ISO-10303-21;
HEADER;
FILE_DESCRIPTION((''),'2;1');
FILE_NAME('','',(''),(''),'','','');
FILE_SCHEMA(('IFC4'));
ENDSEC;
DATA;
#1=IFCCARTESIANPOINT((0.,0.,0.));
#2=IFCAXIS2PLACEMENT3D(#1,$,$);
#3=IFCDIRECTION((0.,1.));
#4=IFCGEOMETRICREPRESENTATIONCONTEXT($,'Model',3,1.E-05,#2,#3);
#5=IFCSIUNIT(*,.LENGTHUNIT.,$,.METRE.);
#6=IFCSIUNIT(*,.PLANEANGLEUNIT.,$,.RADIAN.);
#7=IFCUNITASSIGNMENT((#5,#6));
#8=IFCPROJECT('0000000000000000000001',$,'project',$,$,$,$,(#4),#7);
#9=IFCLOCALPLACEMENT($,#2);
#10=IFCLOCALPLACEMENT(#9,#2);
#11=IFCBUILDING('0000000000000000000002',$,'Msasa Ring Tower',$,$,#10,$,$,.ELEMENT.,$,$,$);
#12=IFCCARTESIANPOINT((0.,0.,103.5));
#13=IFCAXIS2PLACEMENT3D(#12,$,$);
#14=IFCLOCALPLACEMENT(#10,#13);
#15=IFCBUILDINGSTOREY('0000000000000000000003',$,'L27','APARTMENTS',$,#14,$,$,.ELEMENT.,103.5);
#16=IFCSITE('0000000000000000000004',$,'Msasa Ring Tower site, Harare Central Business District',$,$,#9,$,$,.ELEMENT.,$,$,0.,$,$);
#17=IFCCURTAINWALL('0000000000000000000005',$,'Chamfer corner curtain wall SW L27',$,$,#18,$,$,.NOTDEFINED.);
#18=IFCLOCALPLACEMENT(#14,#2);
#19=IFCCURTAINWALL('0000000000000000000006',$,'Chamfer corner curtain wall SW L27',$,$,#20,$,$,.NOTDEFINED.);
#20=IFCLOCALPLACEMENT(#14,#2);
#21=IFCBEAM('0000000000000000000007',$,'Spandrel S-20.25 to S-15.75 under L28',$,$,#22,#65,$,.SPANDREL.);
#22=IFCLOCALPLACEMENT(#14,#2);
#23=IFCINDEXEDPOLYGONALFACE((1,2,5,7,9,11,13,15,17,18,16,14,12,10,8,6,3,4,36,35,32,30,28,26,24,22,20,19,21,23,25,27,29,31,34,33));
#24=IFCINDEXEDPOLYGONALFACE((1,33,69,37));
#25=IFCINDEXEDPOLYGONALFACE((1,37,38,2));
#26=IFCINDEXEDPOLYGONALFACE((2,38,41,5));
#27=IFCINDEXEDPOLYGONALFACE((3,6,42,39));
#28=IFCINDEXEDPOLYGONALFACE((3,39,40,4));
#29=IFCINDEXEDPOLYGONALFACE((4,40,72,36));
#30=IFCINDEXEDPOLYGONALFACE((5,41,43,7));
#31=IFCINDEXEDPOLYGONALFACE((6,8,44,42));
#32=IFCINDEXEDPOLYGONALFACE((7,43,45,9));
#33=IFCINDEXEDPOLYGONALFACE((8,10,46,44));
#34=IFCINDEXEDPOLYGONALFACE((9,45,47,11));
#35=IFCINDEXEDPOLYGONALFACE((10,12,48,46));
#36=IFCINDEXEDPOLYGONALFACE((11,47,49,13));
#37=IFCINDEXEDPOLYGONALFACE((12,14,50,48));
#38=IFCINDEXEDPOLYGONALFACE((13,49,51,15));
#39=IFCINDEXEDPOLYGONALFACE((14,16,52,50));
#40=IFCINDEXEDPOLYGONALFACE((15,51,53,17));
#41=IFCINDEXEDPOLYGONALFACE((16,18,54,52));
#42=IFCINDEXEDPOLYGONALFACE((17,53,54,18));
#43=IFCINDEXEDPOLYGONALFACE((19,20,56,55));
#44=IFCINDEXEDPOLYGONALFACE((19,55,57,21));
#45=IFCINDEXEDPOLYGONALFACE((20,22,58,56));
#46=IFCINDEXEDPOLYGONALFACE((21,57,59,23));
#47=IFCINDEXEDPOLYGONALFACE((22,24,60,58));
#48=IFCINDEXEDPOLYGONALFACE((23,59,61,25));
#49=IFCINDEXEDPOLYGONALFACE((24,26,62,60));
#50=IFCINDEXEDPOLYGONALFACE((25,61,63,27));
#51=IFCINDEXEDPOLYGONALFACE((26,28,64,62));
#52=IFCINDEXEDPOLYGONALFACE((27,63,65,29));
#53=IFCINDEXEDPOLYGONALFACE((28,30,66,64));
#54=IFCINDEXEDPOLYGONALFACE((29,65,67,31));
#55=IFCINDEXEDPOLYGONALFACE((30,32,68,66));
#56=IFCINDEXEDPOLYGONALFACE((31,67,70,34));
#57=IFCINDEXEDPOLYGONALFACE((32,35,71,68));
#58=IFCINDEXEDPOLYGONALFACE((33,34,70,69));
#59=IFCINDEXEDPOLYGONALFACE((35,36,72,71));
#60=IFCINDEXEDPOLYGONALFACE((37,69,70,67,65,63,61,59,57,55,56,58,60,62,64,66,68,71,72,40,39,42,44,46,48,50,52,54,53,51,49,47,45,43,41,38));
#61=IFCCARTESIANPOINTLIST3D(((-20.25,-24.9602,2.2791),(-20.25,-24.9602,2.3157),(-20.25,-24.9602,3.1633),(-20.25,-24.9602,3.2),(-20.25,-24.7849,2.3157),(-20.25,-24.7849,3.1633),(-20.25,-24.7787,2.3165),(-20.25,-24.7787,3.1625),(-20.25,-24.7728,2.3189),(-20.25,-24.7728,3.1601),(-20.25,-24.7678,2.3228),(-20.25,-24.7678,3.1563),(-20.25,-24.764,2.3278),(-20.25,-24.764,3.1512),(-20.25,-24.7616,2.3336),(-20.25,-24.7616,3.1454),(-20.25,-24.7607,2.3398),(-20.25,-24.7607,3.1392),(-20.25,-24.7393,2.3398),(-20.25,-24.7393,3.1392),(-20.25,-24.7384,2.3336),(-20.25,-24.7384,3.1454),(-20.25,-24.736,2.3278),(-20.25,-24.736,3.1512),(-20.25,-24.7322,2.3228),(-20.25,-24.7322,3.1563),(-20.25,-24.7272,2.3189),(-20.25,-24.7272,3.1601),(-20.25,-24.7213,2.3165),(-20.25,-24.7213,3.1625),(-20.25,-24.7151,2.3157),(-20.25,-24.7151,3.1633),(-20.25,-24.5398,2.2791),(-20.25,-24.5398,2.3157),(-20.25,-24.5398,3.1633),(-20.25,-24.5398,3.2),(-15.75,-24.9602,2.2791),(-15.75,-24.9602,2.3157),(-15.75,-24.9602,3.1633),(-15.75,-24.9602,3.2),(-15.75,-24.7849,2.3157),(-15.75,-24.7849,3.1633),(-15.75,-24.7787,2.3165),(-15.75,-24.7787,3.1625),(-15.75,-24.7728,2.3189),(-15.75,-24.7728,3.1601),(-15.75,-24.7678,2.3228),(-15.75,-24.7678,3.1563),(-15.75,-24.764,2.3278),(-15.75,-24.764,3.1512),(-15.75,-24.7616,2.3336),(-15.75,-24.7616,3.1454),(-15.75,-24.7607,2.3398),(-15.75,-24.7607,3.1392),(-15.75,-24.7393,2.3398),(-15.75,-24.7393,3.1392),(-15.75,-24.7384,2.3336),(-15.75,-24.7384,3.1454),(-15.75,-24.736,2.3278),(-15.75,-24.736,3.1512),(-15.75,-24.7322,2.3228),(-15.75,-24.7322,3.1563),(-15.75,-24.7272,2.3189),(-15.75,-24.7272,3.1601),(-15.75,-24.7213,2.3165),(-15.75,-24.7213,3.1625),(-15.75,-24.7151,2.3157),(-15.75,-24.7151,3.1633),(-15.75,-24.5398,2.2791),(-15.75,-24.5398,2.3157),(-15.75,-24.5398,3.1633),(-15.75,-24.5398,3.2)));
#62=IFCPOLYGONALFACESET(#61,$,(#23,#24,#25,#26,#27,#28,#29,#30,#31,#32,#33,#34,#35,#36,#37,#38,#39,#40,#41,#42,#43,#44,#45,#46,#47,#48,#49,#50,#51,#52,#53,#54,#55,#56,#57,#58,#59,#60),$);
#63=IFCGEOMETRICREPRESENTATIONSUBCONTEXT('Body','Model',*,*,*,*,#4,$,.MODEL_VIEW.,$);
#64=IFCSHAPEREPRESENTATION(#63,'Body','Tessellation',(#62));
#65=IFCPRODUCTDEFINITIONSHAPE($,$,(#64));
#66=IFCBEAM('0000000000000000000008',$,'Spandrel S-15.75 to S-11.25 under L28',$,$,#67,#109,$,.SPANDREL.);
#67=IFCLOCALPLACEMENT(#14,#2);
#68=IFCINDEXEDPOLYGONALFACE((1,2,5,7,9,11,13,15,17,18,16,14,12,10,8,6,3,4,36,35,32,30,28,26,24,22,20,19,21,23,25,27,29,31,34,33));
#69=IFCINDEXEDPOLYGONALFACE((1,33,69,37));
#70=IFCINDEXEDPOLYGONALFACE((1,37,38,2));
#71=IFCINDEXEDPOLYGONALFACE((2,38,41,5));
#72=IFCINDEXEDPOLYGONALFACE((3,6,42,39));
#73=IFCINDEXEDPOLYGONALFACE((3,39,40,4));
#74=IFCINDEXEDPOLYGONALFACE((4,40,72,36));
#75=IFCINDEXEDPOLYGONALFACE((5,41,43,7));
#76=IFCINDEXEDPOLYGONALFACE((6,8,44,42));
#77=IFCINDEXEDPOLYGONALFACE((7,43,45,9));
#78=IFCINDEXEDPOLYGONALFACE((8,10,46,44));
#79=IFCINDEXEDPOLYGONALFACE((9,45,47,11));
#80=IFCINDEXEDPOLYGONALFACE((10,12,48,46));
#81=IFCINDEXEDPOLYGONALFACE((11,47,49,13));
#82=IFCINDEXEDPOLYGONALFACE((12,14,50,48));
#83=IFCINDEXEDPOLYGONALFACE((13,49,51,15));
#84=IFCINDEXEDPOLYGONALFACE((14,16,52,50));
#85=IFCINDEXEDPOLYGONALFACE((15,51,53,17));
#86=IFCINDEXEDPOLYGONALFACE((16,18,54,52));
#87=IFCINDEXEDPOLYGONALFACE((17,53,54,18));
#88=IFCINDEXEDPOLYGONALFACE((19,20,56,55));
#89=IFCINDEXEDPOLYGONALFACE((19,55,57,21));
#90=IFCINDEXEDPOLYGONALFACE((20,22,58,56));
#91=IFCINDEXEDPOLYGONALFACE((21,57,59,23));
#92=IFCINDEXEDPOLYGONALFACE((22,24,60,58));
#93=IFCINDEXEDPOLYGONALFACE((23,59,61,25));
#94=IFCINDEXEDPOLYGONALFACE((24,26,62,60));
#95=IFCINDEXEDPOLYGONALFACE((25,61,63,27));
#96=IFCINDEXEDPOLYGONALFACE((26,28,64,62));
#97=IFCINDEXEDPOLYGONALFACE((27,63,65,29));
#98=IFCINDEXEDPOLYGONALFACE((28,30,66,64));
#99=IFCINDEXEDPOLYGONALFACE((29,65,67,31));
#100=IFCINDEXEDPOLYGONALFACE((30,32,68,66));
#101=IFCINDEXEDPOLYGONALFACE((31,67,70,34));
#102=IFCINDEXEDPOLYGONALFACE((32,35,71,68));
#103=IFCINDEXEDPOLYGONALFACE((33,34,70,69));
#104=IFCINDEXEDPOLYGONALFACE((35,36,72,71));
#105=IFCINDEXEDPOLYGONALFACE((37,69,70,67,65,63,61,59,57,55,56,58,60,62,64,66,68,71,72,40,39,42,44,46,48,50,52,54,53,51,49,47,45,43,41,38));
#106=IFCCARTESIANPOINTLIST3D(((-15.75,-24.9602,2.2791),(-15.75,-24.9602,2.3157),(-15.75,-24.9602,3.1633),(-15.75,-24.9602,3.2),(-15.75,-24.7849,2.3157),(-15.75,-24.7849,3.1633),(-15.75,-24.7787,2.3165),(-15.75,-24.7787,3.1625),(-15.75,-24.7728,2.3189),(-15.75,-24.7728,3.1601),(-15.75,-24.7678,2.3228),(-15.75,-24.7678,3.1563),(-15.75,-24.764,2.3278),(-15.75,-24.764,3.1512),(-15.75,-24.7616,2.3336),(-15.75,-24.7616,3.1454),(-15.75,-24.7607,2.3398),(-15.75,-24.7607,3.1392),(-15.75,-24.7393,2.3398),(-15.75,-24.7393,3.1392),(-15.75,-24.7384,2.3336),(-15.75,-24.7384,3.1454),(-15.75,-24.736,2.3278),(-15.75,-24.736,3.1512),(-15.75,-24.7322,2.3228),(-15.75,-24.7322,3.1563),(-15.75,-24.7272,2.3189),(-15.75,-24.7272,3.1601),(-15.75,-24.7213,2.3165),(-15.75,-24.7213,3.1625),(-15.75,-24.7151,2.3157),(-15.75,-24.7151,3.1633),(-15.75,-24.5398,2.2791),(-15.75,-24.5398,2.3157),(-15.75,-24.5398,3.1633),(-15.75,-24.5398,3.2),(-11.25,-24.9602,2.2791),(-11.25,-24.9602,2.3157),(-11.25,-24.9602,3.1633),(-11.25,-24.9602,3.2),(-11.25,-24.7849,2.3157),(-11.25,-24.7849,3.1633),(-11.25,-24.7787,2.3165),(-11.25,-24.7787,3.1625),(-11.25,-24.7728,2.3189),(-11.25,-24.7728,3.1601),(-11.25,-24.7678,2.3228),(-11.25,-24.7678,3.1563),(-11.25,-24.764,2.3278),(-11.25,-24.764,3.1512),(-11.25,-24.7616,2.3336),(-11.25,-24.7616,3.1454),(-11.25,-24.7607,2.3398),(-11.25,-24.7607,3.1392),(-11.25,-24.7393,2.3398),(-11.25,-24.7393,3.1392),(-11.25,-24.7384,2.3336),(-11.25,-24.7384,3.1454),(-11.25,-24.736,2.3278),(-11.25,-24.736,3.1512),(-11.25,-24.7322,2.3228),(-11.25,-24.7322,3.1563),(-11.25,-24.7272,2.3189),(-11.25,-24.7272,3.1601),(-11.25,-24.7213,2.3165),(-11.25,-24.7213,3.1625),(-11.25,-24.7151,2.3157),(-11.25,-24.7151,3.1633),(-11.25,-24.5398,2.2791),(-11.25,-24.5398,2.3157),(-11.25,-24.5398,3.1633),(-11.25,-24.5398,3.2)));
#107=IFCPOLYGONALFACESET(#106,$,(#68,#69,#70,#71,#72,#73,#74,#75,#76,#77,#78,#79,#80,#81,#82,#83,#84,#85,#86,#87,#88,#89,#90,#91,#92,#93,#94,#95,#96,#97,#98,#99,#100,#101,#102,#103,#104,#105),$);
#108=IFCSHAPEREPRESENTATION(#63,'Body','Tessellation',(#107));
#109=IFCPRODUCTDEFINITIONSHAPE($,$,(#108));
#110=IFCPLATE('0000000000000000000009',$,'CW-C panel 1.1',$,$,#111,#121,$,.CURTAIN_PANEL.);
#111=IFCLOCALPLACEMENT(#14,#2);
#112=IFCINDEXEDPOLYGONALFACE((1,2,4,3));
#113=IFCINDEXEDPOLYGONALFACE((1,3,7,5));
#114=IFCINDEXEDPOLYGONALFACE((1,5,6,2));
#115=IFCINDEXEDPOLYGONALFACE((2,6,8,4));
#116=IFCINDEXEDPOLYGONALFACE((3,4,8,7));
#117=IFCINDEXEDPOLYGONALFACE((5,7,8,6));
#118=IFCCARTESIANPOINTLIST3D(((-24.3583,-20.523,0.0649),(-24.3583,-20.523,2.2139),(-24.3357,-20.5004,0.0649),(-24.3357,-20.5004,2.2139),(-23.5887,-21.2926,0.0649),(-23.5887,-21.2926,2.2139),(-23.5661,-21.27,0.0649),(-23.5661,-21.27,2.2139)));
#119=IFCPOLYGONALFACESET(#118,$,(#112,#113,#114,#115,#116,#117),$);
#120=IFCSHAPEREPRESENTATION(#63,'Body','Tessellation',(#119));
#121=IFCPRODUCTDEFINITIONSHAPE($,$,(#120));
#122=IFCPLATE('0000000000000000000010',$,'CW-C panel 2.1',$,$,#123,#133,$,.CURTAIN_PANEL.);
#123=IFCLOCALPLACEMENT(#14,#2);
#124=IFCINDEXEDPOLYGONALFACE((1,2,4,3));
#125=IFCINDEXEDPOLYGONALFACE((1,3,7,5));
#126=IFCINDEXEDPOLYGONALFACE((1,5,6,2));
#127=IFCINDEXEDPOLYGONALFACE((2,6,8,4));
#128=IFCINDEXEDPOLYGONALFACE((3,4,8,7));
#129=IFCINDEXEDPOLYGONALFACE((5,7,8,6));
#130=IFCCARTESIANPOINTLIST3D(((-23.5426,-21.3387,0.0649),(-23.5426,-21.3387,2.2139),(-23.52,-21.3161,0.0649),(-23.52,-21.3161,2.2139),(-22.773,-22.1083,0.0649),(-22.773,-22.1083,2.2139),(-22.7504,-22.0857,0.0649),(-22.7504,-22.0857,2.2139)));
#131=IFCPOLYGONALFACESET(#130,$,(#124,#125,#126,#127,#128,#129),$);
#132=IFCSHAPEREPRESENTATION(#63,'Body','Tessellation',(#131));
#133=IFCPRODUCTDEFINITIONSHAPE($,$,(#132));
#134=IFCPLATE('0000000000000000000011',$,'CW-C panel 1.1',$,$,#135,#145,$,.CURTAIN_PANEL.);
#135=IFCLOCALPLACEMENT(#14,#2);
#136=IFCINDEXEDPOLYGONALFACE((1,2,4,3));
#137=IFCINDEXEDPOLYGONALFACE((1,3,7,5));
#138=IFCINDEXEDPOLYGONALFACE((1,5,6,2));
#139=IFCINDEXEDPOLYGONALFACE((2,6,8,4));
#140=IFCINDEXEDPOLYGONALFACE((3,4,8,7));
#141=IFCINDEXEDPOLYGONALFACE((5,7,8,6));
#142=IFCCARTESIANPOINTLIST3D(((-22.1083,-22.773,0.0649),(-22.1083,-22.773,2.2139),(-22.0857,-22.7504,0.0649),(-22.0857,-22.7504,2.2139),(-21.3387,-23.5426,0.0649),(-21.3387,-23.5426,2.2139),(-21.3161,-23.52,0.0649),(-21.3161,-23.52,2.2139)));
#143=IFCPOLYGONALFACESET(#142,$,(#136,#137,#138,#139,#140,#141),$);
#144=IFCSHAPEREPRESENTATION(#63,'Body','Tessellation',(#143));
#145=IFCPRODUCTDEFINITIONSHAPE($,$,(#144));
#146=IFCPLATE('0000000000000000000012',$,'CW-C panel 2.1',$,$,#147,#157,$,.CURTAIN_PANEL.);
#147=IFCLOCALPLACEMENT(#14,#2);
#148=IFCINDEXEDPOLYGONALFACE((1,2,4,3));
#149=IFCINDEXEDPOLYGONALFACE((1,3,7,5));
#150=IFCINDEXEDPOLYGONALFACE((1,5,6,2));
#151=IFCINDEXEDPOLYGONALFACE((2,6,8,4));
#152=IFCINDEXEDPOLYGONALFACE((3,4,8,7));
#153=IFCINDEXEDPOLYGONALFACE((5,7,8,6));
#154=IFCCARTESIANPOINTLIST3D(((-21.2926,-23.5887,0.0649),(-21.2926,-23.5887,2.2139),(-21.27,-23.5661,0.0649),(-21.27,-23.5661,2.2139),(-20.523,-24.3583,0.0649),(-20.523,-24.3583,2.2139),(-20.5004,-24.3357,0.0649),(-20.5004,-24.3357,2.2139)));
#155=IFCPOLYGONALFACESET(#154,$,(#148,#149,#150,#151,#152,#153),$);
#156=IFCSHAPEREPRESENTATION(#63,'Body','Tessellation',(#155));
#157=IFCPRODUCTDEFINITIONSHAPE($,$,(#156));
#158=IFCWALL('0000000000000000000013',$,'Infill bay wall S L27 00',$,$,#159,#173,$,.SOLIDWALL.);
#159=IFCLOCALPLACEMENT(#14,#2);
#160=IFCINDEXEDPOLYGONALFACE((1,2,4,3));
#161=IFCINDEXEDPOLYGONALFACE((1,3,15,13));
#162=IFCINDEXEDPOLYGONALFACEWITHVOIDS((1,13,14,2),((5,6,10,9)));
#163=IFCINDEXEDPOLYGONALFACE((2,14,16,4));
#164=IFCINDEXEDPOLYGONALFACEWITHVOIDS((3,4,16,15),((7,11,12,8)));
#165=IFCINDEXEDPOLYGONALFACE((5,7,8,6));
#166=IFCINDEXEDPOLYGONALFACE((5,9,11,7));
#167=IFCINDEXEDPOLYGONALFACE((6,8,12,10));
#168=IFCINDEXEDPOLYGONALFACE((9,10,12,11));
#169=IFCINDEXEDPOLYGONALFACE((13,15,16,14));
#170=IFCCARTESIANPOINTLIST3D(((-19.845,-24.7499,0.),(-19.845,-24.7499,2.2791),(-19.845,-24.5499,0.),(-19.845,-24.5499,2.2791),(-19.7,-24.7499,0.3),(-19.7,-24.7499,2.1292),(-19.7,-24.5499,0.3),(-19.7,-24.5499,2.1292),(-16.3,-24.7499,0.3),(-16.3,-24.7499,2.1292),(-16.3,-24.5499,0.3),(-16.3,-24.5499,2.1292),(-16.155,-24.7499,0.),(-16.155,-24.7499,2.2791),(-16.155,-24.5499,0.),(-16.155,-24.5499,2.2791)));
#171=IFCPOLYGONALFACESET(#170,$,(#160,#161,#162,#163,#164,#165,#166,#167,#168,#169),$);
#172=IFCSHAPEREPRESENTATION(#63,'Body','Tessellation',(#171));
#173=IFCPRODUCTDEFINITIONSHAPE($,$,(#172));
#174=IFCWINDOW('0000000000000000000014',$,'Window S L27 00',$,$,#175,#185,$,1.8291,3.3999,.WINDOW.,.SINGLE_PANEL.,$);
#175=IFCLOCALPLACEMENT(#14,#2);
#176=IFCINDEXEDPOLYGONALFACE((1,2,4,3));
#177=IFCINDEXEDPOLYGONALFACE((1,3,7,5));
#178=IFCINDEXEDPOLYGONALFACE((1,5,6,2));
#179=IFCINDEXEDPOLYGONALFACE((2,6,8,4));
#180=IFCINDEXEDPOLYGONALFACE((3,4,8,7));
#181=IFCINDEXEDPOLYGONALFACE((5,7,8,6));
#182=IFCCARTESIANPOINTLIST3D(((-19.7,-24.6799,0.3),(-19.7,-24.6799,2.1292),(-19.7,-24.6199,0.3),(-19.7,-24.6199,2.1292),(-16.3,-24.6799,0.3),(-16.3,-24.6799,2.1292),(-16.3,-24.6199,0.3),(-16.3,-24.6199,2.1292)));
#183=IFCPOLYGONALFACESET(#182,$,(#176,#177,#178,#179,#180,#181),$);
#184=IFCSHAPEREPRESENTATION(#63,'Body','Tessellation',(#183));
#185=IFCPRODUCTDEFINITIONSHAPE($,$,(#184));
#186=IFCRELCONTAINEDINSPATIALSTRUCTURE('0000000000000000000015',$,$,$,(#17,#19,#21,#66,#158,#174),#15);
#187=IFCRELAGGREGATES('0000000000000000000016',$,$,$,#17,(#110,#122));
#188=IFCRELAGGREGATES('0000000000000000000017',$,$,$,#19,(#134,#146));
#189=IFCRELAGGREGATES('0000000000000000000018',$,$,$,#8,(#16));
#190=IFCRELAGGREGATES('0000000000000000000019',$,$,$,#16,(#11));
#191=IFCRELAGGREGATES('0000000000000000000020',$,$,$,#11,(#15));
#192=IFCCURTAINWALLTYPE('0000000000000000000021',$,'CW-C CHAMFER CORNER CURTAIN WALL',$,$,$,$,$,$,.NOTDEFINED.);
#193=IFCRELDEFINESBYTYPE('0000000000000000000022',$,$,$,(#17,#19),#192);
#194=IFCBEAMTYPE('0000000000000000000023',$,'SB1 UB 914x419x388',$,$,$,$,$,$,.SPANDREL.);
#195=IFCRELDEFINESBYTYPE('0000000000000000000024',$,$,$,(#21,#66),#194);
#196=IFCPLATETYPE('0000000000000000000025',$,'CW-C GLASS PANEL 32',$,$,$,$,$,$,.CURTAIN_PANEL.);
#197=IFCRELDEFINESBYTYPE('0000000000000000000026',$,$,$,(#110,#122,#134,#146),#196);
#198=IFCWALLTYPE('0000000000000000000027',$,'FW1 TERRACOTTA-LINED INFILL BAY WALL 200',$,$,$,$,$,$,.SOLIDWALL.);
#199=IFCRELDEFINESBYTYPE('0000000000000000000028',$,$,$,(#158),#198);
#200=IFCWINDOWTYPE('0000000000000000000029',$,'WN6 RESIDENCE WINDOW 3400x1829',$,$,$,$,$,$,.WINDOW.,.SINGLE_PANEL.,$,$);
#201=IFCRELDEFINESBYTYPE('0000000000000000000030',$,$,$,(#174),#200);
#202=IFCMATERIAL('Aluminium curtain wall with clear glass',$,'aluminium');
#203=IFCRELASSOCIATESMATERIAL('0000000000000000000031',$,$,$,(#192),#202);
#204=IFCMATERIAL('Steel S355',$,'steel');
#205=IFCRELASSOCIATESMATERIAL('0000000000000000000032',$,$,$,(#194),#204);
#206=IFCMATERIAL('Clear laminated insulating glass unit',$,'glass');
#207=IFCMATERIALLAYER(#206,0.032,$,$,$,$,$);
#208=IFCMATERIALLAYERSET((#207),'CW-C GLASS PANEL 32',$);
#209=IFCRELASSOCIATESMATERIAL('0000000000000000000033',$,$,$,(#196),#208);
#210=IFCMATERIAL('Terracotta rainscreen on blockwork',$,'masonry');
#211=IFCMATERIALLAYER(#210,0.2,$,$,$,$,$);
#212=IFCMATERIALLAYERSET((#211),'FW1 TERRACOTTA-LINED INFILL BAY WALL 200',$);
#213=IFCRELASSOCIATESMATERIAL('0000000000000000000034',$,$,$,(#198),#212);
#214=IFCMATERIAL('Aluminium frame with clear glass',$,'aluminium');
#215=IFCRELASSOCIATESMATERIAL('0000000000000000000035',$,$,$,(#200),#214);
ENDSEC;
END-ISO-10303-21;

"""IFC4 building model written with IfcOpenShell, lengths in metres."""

from ifc_helpers import new_model, si_unit, direction, frame, frame_2d, origin, origin_2d, place, context, subcontext, project, spatial, rectangle, i_section, extrude, material, layer, layer_set, material_profile, profile_set, type_object, element, fill, aggregate, save


model = new_model("IFC4")

# Units and contexts
model_context = context("Model", 3, precision=1e-05, world=origin(), true_north=direction((0.0, 1.0)))
body_context = subcontext(model_context, "Body", "Model", "MODEL_VIEW")
ifc_project = project(units=[si_unit("LENGTHUNIT", "METRE"), si_unit("PLANEANGLEUNIT", "RADIAN")], contexts=[model_context])

# Site, building, storey
site_placement = place(None, origin())
site = spatial("IfcSite", under=ifc_project, at=site_placement, Name="Msasa Ring Tower site, Harare Central Business District", CompositionType="ELEMENT", RefElevation=0.0)
building_placement = place(site_placement, origin())
building = spatial("IfcBuilding", under=site, at=building_placement, Name="Msasa Ring Tower", CompositionType="ELEMENT")
storey_placement = place(building_placement, frame((0.0, 0.0, 103.5)))
storey = spatial("IfcBuildingStorey", under=building, at=storey_placement, Name="L27", Description="APARTMENTS", CompositionType="ELEMENT", Elevation=103.5)

# Curtain walls
ifc_material_1 = material(Name="Aluminium curtain wall with clear glass", Category="aluminium")
curtain_wall_type = type_object("IfcCurtainWallType", Name="CW-C CHAMFER CORNER CURTAIN WALL", PredefinedType="NOTDEFINED", material=ifc_material_1)
curtain_wall_1_placement = place(storey_placement, origin())
curtain_wall_1 = element("IfcCurtainWall", 1, at=curtain_wall_1_placement, inside=storey, type_object=curtain_wall_type, Name="Chamfer corner curtain wall SW L27", PredefinedType="NOTDEFINED")
curtain_wall_2_placement = place(storey_placement, origin())
curtain_wall_2 = element("IfcCurtainWall", 2, at=curtain_wall_2_placement, inside=storey, type_object=curtain_wall_type, Name="Chamfer corner curtain wall SW L27", PredefinedType="NOTDEFINED")

# Beams
ifc_material_2 = material(Name="Steel S355", Category="steel")
ifc_material_profile_1 = material_profile(ifc_material_2, i_section(OverallWidth=0.4204, OverallDepth=0.9209, WebThickness=0.0215, FlangeThickness=0.0366, FilletRadius=0.0242, at=origin_2d()), Name="UB 914x419x388")
ifc_profile_set_1 = profile_set([ifc_material_profile_1], Name="Steel S355")
beam_type_1 = type_object("IfcBeamType", Name="SB1 UB 914x419x388", PredefinedType="SPANDREL", material=ifc_profile_set_1)
for number, where, z_axis, x_axis, name in (
    (3, (-20.25, -24.75, 2.7395), (1.0, 0.0, 0.0), (0.0, 1.0, 0.0), "Spandrel S-20.25 to S-15.75 under L28"),
    (4, (-15.75, -24.75, 2.7395), (1.0, 0.0, 0.0), (0.0, 1.0, 0.0), "Spandrel S-15.75 to S-11.25 under L28"),
):
    element("IfcBeam", number, at=place(storey_placement, frame(where, z_axis=z_axis, x_axis=x_axis)), inside=storey, type_object=beam_type_1, Name=name, PredefinedType="SPANDREL", context=body_context, shape_type="SweptSolid", body=[
        extrude(i_section(OverallWidth=0.4204, OverallDepth=0.9209, WebThickness=0.0215, FlangeThickness=0.0366, FilletRadius=0.0242, at=origin_2d()), origin(), (0.0, 0.0, 1.0), 4.5),
    ])

# Plates
ifc_material_3 = material(Name="Clear laminated insulating glass unit", Category="glass")
ifc_layer_1 = layer(ifc_material_3, 0.032)
ifc_layer_set_1 = layer_set([ifc_layer_1], Name="CW-C GLASS PANEL 32")
plate_type = type_object("IfcPlateType", Name="CW-C GLASS PANEL 32", PredefinedType="CURTAIN_PANEL", material=ifc_layer_set_1)
plate_1_placement = place(storey_placement, frame((-23.9622, -20.8965, 0.0649), z_axis=(0.0, 0.0, 1.0), x_axis=(0.707107, -0.707107, 0.0)))
plate_1 = element("IfcPlate", 5, at=plate_1_placement, type_object=plate_type, Name="CW-C panel 1.1", PredefinedType="CURTAIN_PANEL", context=body_context, shape_type="SweptSolid", body=[
    extrude(rectangle(XDim=1.0884, YDim=0.032, at=origin_2d()), origin(), (0.0, 0.0, 1.0), 2.1489),
])
plate_2_placement = place(storey_placement, frame((-23.1465, -21.7122, 0.0649), z_axis=(0.0, 0.0, 1.0), x_axis=(0.707107, -0.707107, 0.0)))
plate_2 = element("IfcPlate", 6, at=plate_2_placement, type_object=plate_type, Name="CW-C panel 2.1", PredefinedType="CURTAIN_PANEL", context=body_context, shape_type="SweptSolid", body=[
    extrude(rectangle(XDim=1.0884, YDim=0.032, at=origin_2d()), origin(), (0.0, 0.0, 1.0), 2.1489),
])
aggregate(curtain_wall_1, [plate_1, plate_2])
plate_3_placement = place(storey_placement, frame((-21.7122, -23.1465, 0.0649), z_axis=(0.0, 0.0, 1.0), x_axis=(0.707107, -0.707107, 0.0)))
plate_3 = element("IfcPlate", 7, at=plate_3_placement, type_object=plate_type, Name="CW-C panel 1.1", PredefinedType="CURTAIN_PANEL", context=body_context, shape_type="SweptSolid", body=[
    extrude(rectangle(XDim=1.0884, YDim=0.032, at=origin_2d()), origin(), (0.0, 0.0, 1.0), 2.1489),
])
plate_4_placement = place(storey_placement, frame((-20.8965, -23.9622, 0.0649), z_axis=(0.0, 0.0, 1.0), x_axis=(0.707107, -0.707107, 0.0)))
plate_4 = element("IfcPlate", 8, at=plate_4_placement, type_object=plate_type, Name="CW-C panel 2.1", PredefinedType="CURTAIN_PANEL", context=body_context, shape_type="SweptSolid", body=[
    extrude(rectangle(XDim=1.0884, YDim=0.032, at=origin_2d()), origin(), (0.0, 0.0, 1.0), 2.1489),
])
aggregate(curtain_wall_2, [plate_3, plate_4])

# Wall, opening, window
ifc_material_4 = material(Name="Terracotta rainscreen on blockwork", Category="masonry")
ifc_layer_2 = layer(ifc_material_4, 0.2)
ifc_layer_set_2 = layer_set([ifc_layer_2], Name="FW1 TERRACOTTA-LINED INFILL BAY WALL 200")
wall_type_1 = type_object("IfcWallType", Name="FW1 TERRACOTTA-LINED INFILL BAY WALL 200", PredefinedType="SOLIDWALL", material=ifc_layer_set_2)
wall_1_placement = place(storey_placement, frame((-19.845, -24.6499, 0.0), z_axis=(0.0, 0.0, 1.0), x_axis=(1.0, 0.0, 0.0)))
wall_1 = element("IfcWall", 9, at=wall_1_placement, inside=storey, type_object=wall_type_1, Name="Infill bay wall S L27 00", PredefinedType="SOLIDWALL", context=body_context, shape_type="SweptSolid", body=[
    extrude(rectangle(XDim=3.6899, YDim=0.2, at=frame_2d((1.845, 0.0))), origin(), (0.0, 0.0, 1.0), 2.2791),
])
opening_1_placement = place(wall_1_placement, frame((0.145, 0.0, 0.3)))
opening_1 = element("IfcOpeningElement", 10, at=opening_1_placement, cuts=wall_1, PredefinedType="OPENING", context=body_context, shape_type="SweptSolid", body=[
    extrude(rectangle(XDim=3.3999, YDim=1.8291, at=frame_2d((1.7, 0.9146))), frame((0.0, 0.1099, 0.0), z_axis=(0.0, -1.0, 0.0), x_axis=(1.0, 0.0, 0.0)), (0.0, 0.0, 1.0), 0.22),
])
ifc_material_5 = material(Name="Aluminium frame with clear glass", Category="aluminium")
window_type = type_object("IfcWindowType", Name="WN6 RESIDENCE WINDOW 3400x1829", PartitioningType="SINGLE_PANEL", PredefinedType="WINDOW", material=ifc_material_5)
window_1_placement = place(opening_1_placement, origin())
window_1 = element("IfcWindow", 11, at=window_1_placement, inside=storey, type_object=window_type, Name="Window S L27 00", OverallHeight=1.8291, OverallWidth=3.3999, PartitioningType="SINGLE_PANEL", PredefinedType="WINDOW", context=body_context, shape_type="SweptSolid", body=[
    extrude(rectangle(XDim=3.3999, YDim=1.8291, at=frame_2d((1.7, 0.9146))), frame((0.0, 0.03, 0.0), z_axis=(0.0, -1.0, 0.0), x_axis=(1.0, 0.0, 0.0)), (0.0, 0.0, 1.0), 0.0601),
])
fill(opening_1, window_1)

save(model, "model.ifc")
